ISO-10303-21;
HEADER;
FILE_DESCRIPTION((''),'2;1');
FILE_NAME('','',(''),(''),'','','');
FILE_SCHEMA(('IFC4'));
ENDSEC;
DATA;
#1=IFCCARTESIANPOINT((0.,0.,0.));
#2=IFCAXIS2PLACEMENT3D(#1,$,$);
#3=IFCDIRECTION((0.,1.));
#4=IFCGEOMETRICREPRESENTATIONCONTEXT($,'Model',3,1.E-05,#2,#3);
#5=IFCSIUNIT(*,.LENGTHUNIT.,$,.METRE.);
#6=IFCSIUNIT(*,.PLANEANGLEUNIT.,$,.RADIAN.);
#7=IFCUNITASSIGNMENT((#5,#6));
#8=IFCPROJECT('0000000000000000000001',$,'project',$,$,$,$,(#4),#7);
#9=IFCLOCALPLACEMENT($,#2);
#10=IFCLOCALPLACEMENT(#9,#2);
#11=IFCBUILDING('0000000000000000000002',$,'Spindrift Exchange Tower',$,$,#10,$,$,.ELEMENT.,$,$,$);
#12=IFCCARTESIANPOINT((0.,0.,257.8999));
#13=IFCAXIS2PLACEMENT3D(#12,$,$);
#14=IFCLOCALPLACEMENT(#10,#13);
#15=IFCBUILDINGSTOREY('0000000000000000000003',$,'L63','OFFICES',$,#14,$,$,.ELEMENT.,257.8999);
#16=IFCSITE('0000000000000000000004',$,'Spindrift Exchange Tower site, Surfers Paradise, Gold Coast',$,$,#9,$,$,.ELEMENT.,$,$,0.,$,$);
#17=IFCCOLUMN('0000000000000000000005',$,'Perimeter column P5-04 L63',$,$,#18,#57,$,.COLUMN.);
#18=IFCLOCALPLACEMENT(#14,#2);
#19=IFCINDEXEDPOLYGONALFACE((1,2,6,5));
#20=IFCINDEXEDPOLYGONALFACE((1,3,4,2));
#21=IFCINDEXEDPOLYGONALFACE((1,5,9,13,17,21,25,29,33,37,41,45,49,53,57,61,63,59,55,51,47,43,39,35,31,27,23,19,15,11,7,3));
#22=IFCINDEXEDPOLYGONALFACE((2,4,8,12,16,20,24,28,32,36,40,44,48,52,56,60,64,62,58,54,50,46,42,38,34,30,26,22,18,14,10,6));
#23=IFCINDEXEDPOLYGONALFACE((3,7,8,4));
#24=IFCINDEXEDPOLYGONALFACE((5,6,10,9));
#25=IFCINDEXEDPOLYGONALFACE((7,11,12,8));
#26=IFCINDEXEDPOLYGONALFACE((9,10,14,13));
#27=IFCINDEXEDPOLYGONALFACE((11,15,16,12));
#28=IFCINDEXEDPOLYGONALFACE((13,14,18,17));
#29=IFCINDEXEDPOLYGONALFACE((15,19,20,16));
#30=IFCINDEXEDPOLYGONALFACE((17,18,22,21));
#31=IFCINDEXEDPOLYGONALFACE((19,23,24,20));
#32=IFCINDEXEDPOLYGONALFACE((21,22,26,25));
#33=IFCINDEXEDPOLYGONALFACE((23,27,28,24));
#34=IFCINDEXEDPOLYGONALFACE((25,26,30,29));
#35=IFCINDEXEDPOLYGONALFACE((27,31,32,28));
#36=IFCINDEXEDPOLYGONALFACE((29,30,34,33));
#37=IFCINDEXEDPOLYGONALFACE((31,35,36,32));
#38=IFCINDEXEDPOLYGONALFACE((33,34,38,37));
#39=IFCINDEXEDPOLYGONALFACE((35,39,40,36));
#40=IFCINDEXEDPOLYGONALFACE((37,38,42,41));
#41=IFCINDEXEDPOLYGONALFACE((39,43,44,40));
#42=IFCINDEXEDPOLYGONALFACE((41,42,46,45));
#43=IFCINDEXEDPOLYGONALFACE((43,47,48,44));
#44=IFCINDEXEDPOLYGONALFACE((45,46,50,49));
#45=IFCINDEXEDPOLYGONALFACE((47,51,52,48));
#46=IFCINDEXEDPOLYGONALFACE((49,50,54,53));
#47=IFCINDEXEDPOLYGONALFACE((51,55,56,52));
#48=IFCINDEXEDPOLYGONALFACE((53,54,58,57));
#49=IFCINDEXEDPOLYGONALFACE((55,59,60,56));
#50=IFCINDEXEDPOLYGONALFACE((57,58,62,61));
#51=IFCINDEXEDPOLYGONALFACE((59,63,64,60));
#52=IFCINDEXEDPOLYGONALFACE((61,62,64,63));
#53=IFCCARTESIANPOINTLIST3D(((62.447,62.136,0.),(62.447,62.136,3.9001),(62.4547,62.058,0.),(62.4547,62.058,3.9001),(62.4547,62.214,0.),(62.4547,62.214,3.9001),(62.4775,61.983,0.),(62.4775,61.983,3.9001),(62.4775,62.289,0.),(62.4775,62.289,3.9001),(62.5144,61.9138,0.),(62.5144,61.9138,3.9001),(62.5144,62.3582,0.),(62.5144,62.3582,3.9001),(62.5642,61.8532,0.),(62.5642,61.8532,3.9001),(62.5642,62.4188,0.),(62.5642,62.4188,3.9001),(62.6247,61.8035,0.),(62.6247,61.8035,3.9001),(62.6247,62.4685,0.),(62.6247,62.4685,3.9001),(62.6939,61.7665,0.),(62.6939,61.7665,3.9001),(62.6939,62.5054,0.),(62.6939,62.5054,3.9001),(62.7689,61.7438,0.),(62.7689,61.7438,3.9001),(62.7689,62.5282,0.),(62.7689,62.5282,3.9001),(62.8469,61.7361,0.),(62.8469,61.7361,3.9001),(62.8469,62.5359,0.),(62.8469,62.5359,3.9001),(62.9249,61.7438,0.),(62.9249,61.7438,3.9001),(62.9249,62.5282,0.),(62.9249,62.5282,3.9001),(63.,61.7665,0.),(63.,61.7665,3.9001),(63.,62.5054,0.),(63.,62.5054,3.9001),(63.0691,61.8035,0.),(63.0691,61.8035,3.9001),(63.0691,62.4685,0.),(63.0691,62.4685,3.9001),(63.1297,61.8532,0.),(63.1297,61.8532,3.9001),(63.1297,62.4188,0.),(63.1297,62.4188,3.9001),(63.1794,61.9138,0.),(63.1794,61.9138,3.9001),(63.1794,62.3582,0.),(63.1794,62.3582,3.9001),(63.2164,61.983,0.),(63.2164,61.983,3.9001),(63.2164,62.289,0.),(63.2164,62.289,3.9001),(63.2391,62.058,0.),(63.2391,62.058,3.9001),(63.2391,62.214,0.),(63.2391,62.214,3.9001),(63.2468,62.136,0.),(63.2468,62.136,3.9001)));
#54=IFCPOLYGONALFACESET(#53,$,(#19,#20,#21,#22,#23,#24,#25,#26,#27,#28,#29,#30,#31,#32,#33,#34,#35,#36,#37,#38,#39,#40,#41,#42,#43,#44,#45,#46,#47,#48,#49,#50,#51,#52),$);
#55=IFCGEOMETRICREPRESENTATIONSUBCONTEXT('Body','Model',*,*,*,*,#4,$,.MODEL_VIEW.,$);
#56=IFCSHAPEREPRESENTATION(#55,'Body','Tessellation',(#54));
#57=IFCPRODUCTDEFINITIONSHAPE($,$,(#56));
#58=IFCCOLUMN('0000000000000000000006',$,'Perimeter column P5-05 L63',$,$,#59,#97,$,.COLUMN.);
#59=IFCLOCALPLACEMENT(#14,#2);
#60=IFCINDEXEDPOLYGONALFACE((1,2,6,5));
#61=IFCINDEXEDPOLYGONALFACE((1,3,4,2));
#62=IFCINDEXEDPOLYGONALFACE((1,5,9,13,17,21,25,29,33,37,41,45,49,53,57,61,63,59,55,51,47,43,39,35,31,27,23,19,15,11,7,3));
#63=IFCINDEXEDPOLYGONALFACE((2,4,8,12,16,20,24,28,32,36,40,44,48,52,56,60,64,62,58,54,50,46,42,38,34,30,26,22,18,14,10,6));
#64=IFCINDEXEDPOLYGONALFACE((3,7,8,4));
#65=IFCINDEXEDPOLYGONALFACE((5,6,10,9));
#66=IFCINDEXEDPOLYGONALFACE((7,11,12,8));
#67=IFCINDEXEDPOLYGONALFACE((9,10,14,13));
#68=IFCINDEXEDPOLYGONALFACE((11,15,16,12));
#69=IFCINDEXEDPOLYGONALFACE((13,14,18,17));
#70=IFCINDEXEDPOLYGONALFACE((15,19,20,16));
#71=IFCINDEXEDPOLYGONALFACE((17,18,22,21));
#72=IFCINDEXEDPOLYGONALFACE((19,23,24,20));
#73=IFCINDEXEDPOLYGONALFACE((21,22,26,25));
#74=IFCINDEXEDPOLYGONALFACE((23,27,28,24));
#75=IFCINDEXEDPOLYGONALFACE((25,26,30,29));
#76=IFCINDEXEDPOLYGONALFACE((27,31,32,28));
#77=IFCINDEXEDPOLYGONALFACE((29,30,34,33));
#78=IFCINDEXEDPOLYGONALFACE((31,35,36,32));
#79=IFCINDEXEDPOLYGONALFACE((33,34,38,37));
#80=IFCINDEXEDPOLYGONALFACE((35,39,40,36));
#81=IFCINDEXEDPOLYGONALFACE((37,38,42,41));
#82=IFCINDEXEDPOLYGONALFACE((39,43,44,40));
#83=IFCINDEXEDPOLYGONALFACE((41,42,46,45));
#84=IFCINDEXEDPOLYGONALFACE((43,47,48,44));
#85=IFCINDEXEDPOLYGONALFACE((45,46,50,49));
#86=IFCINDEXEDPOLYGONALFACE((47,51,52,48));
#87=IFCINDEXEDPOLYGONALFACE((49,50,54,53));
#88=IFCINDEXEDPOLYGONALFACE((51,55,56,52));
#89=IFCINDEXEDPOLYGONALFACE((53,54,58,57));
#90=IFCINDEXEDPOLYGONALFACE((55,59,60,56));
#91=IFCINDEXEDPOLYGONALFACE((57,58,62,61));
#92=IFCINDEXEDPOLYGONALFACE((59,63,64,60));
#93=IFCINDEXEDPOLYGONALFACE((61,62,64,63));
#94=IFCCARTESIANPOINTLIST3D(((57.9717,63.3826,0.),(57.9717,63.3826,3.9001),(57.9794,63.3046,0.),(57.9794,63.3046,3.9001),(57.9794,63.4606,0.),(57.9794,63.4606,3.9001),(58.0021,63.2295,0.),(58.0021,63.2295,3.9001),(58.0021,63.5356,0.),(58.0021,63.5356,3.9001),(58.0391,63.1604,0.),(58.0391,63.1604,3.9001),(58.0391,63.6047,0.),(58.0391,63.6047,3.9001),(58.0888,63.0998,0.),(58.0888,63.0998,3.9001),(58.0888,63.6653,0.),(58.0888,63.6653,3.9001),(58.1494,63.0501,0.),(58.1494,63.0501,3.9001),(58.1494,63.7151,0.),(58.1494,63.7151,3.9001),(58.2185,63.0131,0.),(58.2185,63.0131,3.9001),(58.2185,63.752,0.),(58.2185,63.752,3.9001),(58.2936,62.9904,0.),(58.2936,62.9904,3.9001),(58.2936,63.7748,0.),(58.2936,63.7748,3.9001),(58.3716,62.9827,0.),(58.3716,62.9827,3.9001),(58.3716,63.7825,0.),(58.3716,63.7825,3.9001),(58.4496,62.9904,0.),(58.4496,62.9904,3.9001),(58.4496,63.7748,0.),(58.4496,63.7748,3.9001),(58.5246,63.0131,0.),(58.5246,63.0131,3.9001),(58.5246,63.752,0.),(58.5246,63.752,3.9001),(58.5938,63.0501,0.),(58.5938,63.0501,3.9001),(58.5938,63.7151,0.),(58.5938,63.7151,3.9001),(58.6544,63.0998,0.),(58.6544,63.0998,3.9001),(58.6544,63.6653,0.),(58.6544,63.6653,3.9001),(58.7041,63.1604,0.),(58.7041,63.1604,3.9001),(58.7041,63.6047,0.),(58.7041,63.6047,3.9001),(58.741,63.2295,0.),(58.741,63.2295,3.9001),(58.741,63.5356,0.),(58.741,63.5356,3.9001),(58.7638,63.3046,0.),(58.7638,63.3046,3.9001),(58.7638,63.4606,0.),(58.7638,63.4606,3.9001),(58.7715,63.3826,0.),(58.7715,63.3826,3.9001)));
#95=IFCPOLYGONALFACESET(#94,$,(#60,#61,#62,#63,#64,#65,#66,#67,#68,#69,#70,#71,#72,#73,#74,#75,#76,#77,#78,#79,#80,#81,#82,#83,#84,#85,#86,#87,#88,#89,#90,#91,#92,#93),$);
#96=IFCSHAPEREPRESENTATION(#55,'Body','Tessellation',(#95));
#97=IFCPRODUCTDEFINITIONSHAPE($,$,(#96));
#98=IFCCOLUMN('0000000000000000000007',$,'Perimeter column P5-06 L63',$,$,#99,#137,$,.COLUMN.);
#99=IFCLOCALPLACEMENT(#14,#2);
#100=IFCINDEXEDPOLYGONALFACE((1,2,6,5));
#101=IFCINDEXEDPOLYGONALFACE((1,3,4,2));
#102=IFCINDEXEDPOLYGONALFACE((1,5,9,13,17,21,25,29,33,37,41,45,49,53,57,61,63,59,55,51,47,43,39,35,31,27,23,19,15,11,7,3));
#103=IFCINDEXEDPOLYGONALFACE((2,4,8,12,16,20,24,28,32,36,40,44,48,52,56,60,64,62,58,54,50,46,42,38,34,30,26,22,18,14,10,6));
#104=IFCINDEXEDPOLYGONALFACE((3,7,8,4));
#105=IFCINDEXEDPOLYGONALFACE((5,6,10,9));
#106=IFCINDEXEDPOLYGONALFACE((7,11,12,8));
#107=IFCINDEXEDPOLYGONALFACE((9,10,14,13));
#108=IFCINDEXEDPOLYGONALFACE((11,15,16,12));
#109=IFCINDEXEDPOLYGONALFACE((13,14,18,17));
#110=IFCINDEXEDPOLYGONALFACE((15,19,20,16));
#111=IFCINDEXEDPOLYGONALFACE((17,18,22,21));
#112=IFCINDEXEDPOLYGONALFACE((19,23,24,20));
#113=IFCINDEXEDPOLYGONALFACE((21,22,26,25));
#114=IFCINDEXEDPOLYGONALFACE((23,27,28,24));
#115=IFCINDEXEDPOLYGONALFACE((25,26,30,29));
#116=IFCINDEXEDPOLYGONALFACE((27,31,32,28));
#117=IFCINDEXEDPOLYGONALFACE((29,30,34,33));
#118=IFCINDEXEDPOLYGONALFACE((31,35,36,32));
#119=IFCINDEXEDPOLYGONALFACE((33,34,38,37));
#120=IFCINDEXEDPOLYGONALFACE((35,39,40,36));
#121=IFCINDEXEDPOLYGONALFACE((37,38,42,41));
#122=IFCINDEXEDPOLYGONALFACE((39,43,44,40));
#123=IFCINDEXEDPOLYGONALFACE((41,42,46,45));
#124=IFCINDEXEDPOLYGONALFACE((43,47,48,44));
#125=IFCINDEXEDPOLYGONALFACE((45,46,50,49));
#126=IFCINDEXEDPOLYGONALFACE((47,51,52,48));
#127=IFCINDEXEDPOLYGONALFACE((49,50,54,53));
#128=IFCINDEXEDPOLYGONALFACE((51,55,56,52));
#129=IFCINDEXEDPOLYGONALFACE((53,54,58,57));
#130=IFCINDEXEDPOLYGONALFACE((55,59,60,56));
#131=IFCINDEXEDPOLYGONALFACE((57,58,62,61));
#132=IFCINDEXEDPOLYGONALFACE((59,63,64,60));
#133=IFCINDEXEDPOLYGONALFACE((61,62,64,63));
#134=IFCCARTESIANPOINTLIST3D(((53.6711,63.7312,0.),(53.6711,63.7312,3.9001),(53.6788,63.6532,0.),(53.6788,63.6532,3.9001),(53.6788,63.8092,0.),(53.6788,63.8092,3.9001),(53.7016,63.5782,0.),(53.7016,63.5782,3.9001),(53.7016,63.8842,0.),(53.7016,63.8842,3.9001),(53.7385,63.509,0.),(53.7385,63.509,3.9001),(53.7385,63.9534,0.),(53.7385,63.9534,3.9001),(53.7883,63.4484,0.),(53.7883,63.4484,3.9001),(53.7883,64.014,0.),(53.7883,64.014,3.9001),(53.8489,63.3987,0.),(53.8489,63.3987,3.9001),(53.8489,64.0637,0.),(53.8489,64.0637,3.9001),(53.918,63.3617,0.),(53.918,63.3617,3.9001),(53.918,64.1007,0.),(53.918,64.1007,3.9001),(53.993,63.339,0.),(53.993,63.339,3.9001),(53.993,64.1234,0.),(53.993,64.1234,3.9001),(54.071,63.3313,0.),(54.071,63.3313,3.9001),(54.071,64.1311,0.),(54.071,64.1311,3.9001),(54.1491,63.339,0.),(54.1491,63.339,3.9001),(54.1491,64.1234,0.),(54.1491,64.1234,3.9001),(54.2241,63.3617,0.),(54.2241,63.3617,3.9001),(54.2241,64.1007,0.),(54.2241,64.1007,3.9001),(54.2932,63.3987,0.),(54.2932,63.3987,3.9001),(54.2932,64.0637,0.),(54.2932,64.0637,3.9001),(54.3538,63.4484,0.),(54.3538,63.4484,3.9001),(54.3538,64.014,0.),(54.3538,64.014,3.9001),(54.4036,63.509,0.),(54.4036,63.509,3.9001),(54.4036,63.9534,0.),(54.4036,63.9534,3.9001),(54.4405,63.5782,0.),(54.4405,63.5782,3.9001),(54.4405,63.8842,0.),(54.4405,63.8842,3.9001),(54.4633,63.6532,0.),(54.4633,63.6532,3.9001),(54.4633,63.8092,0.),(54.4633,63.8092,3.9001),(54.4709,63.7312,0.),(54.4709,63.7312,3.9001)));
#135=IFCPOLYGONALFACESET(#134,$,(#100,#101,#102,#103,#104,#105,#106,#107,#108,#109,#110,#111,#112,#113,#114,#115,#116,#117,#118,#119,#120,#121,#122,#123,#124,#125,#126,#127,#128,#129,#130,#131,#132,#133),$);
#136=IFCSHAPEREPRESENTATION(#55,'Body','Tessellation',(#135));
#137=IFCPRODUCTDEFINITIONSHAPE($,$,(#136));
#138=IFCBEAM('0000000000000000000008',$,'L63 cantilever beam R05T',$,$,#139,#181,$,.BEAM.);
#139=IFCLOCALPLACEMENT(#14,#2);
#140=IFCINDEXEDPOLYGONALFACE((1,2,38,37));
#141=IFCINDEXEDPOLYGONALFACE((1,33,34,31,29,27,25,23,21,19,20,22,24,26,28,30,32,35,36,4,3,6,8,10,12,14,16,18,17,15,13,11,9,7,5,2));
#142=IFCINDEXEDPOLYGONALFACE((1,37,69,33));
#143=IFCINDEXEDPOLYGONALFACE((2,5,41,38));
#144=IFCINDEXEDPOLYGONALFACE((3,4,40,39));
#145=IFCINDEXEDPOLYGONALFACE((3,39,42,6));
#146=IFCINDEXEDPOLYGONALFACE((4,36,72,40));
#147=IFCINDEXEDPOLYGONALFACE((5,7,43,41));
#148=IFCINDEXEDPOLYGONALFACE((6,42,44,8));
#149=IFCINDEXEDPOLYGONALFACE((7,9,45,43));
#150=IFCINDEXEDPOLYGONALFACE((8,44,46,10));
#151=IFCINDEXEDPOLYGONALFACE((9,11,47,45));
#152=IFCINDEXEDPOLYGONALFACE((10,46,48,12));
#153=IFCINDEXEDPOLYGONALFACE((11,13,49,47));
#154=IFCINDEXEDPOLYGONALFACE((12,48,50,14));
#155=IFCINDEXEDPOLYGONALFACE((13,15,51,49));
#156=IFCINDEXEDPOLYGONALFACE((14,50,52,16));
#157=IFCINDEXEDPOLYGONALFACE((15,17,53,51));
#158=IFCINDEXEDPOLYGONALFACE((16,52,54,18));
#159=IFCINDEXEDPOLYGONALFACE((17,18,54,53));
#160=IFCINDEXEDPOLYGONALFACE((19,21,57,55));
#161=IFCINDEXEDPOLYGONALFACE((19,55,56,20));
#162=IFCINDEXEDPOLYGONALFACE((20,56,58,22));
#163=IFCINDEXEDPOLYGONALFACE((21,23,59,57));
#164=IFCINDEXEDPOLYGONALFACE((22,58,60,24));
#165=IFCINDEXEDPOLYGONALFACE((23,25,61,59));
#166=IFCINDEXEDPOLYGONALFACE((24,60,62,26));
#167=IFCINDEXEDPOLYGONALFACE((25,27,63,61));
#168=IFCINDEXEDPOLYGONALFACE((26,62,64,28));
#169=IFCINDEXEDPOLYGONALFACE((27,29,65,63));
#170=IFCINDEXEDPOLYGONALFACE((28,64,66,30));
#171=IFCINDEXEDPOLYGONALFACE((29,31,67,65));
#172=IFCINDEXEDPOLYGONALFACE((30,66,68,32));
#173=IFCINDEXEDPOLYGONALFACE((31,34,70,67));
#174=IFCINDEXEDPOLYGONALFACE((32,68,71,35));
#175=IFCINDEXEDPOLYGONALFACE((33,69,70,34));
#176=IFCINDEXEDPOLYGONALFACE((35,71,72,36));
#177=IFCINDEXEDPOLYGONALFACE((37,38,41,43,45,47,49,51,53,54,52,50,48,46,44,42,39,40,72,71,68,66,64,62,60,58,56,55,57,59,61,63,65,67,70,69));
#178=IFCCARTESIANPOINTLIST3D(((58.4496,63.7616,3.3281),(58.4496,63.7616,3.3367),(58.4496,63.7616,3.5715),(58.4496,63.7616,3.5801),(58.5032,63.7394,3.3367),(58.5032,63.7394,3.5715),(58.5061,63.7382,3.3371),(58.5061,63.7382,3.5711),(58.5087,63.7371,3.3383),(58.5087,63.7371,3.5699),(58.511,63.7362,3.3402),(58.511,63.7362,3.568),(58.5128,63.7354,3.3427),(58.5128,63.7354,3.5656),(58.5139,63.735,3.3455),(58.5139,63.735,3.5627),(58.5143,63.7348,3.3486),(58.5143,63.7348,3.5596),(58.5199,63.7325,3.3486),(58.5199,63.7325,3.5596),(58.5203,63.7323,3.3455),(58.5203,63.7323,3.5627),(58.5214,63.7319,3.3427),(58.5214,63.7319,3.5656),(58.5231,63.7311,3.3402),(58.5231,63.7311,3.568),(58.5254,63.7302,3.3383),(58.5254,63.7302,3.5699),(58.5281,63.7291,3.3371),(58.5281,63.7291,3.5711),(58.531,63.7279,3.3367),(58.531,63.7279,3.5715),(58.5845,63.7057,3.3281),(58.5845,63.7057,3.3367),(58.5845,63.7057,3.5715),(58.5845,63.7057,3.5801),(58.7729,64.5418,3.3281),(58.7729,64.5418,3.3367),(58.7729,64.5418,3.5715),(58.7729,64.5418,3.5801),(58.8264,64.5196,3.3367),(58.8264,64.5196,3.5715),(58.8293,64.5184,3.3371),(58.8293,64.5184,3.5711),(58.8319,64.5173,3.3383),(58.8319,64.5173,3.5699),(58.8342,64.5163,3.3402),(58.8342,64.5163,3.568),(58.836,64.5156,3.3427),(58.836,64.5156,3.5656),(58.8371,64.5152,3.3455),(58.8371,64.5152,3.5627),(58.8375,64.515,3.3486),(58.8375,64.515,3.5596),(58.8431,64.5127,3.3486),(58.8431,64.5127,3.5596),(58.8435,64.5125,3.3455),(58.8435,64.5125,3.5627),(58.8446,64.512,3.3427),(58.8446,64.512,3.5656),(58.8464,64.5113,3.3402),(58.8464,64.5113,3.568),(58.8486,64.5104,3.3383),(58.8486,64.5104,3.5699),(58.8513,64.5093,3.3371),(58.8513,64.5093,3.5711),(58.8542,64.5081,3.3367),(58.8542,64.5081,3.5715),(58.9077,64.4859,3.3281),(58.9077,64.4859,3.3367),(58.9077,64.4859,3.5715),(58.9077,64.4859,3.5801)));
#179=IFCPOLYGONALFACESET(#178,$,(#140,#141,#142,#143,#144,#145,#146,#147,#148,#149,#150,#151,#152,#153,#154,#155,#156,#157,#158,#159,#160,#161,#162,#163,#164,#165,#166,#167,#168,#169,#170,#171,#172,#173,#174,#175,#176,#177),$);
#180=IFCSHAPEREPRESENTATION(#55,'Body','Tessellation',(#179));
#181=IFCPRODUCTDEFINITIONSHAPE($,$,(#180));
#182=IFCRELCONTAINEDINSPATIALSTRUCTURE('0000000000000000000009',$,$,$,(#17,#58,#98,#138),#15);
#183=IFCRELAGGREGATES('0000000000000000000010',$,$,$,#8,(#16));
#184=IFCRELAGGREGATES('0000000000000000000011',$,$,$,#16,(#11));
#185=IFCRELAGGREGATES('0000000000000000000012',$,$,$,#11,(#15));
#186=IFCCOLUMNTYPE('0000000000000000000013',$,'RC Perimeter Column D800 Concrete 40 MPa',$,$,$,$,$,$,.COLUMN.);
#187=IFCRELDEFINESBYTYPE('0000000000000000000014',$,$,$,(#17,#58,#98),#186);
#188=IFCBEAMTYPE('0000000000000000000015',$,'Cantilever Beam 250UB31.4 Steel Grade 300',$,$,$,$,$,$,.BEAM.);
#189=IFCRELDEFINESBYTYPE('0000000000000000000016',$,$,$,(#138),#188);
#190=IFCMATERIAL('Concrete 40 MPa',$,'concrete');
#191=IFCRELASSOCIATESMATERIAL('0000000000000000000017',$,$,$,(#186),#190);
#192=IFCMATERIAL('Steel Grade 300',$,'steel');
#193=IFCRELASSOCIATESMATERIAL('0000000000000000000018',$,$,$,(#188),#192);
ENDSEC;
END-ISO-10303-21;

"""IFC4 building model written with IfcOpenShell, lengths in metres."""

from ifc_helpers import new_model, si_unit, direction, frame, origin, origin_2d, place, context, subcontext, project, spatial, circle, i_section, extrude, source, transform, mapped, material, material_profile, profile_set, type_object, element, save


model = new_model("IFC4")

# Units and contexts
model_context = context("Model", 3, precision=1e-05, world=origin(), true_north=direction((0.0, 1.0)))
body_context = subcontext(model_context, "Body", "Model", "MODEL_VIEW")
ifc_project = project(units=[si_unit("LENGTHUNIT", "METRE"), si_unit("PLANEANGLEUNIT", "RADIAN")], contexts=[model_context])

# Site, building, storey
site_placement = place(None, origin())
site = spatial("IfcSite", under=ifc_project, at=site_placement, Name="Spindrift Exchange Tower site, Surfers Paradise, Gold Coast", CompositionType="ELEMENT", RefElevation=0.0)
building_placement = place(site_placement, origin())
building = spatial("IfcBuilding", under=site, at=building_placement, Name="Spindrift Exchange Tower", CompositionType="ELEMENT")
storey_placement = place(building_placement, frame((0.0, 0.0, 257.8999)))
storey = spatial("IfcBuildingStorey", under=building, at=storey_placement, Name="L63", Description="OFFICES", CompositionType="ELEMENT", Elevation=257.8999)

# Columns
ifc_material_1 = material(Name="Concrete 40 MPa", Category="concrete")
ifc_material_profile_1 = material_profile(ifc_material_1, circle(Radius=0.3999, at=origin_2d()), Name="RC D800")
ifc_profile_set_1 = profile_set([ifc_material_profile_1], Name="Concrete 40 MPa")
column_type = type_object("IfcColumnType", Name="RC Perimeter Column D800 Concrete 40 MPa", PredefinedType="COLUMN", material=ifc_profile_set_1)
shared_shape_1 = source(origin(), body_context, "Body", "SweptSolid", [
    extrude(circle(Radius=0.3999, at=origin_2d()), origin(), (0.0, 0.0, 1.0), 3.9001),
])
for number, where, z_axis, x_axis, name in (
    (1, (62.8469, 62.136, 0.0), (0.0, 0.0, 1.0), (1.0, 0.0, 0.0), "Perimeter column P5-04 L63"),
    (2, (58.3716, 63.3826, 0.0), (0.0, 0.0, 1.0), (1.0, 0.0, 0.0), "Perimeter column P5-05 L63"),
    (3, (54.071, 63.7312, 0.0), (0.0, 0.0, 1.0), (1.0, 0.0, 0.0), "Perimeter column P5-06 L63"),
):
    element("IfcColumn", number, at=place(storey_placement, frame(where, z_axis=z_axis, x_axis=x_axis)), inside=storey, type_object=column_type, Name=name, PredefinedType="COLUMN", context=body_context, shape_type="MappedRepresentation", body=[
        mapped(shared_shape_1, transform((0.0, 0.0, 0.0), scale=1.0)),
    ])

# Beam
ifc_material_2 = material(Name="Steel Grade 300", Category="steel")
ifc_material_profile_2 = material_profile(ifc_material_2, i_section(OverallWidth=0.146, OverallDepth=0.252, WebThickness=0.0061, FlangeThickness=0.0085, FilletRadius=0.012, at=origin_2d()), Name="250UB31.4")
ifc_profile_set_2 = profile_set([ifc_material_profile_2], Name="Steel Grade 300")
beam_type_1 = type_object("IfcBeamType", Name="Cantilever Beam 250UB31.4 Steel Grade 300", PredefinedType="BEAM", material=ifc_profile_set_2)
shared_shape_2 = source(origin(), body_context, "Body", "SweptSolid", [
    extrude(i_section(OverallWidth=0.146, OverallDepth=0.252, WebThickness=0.0061, FlangeThickness=0.0085, FilletRadius=0.012, at=origin_2d()), origin(), (0.0, 0.0, 1.0), 0.8445),
])
beam_1_placement = place(storey_placement, frame((58.5171, 63.7336, 3.4541), z_axis=(0.382726, 0.923862, 0.0), x_axis=(-0.923862, 0.382726, 0.0)))
element("IfcBeam", 4, at=beam_1_placement, inside=storey, type_object=beam_type_1, Name="L63 cantilever beam R05T", PredefinedType="BEAM", context=body_context, shape_type="MappedRepresentation", body=[
    mapped(shared_shape_2, transform((0.0, 0.0, 0.0), scale=1.0)),
])

save(model, "model.ifc")
